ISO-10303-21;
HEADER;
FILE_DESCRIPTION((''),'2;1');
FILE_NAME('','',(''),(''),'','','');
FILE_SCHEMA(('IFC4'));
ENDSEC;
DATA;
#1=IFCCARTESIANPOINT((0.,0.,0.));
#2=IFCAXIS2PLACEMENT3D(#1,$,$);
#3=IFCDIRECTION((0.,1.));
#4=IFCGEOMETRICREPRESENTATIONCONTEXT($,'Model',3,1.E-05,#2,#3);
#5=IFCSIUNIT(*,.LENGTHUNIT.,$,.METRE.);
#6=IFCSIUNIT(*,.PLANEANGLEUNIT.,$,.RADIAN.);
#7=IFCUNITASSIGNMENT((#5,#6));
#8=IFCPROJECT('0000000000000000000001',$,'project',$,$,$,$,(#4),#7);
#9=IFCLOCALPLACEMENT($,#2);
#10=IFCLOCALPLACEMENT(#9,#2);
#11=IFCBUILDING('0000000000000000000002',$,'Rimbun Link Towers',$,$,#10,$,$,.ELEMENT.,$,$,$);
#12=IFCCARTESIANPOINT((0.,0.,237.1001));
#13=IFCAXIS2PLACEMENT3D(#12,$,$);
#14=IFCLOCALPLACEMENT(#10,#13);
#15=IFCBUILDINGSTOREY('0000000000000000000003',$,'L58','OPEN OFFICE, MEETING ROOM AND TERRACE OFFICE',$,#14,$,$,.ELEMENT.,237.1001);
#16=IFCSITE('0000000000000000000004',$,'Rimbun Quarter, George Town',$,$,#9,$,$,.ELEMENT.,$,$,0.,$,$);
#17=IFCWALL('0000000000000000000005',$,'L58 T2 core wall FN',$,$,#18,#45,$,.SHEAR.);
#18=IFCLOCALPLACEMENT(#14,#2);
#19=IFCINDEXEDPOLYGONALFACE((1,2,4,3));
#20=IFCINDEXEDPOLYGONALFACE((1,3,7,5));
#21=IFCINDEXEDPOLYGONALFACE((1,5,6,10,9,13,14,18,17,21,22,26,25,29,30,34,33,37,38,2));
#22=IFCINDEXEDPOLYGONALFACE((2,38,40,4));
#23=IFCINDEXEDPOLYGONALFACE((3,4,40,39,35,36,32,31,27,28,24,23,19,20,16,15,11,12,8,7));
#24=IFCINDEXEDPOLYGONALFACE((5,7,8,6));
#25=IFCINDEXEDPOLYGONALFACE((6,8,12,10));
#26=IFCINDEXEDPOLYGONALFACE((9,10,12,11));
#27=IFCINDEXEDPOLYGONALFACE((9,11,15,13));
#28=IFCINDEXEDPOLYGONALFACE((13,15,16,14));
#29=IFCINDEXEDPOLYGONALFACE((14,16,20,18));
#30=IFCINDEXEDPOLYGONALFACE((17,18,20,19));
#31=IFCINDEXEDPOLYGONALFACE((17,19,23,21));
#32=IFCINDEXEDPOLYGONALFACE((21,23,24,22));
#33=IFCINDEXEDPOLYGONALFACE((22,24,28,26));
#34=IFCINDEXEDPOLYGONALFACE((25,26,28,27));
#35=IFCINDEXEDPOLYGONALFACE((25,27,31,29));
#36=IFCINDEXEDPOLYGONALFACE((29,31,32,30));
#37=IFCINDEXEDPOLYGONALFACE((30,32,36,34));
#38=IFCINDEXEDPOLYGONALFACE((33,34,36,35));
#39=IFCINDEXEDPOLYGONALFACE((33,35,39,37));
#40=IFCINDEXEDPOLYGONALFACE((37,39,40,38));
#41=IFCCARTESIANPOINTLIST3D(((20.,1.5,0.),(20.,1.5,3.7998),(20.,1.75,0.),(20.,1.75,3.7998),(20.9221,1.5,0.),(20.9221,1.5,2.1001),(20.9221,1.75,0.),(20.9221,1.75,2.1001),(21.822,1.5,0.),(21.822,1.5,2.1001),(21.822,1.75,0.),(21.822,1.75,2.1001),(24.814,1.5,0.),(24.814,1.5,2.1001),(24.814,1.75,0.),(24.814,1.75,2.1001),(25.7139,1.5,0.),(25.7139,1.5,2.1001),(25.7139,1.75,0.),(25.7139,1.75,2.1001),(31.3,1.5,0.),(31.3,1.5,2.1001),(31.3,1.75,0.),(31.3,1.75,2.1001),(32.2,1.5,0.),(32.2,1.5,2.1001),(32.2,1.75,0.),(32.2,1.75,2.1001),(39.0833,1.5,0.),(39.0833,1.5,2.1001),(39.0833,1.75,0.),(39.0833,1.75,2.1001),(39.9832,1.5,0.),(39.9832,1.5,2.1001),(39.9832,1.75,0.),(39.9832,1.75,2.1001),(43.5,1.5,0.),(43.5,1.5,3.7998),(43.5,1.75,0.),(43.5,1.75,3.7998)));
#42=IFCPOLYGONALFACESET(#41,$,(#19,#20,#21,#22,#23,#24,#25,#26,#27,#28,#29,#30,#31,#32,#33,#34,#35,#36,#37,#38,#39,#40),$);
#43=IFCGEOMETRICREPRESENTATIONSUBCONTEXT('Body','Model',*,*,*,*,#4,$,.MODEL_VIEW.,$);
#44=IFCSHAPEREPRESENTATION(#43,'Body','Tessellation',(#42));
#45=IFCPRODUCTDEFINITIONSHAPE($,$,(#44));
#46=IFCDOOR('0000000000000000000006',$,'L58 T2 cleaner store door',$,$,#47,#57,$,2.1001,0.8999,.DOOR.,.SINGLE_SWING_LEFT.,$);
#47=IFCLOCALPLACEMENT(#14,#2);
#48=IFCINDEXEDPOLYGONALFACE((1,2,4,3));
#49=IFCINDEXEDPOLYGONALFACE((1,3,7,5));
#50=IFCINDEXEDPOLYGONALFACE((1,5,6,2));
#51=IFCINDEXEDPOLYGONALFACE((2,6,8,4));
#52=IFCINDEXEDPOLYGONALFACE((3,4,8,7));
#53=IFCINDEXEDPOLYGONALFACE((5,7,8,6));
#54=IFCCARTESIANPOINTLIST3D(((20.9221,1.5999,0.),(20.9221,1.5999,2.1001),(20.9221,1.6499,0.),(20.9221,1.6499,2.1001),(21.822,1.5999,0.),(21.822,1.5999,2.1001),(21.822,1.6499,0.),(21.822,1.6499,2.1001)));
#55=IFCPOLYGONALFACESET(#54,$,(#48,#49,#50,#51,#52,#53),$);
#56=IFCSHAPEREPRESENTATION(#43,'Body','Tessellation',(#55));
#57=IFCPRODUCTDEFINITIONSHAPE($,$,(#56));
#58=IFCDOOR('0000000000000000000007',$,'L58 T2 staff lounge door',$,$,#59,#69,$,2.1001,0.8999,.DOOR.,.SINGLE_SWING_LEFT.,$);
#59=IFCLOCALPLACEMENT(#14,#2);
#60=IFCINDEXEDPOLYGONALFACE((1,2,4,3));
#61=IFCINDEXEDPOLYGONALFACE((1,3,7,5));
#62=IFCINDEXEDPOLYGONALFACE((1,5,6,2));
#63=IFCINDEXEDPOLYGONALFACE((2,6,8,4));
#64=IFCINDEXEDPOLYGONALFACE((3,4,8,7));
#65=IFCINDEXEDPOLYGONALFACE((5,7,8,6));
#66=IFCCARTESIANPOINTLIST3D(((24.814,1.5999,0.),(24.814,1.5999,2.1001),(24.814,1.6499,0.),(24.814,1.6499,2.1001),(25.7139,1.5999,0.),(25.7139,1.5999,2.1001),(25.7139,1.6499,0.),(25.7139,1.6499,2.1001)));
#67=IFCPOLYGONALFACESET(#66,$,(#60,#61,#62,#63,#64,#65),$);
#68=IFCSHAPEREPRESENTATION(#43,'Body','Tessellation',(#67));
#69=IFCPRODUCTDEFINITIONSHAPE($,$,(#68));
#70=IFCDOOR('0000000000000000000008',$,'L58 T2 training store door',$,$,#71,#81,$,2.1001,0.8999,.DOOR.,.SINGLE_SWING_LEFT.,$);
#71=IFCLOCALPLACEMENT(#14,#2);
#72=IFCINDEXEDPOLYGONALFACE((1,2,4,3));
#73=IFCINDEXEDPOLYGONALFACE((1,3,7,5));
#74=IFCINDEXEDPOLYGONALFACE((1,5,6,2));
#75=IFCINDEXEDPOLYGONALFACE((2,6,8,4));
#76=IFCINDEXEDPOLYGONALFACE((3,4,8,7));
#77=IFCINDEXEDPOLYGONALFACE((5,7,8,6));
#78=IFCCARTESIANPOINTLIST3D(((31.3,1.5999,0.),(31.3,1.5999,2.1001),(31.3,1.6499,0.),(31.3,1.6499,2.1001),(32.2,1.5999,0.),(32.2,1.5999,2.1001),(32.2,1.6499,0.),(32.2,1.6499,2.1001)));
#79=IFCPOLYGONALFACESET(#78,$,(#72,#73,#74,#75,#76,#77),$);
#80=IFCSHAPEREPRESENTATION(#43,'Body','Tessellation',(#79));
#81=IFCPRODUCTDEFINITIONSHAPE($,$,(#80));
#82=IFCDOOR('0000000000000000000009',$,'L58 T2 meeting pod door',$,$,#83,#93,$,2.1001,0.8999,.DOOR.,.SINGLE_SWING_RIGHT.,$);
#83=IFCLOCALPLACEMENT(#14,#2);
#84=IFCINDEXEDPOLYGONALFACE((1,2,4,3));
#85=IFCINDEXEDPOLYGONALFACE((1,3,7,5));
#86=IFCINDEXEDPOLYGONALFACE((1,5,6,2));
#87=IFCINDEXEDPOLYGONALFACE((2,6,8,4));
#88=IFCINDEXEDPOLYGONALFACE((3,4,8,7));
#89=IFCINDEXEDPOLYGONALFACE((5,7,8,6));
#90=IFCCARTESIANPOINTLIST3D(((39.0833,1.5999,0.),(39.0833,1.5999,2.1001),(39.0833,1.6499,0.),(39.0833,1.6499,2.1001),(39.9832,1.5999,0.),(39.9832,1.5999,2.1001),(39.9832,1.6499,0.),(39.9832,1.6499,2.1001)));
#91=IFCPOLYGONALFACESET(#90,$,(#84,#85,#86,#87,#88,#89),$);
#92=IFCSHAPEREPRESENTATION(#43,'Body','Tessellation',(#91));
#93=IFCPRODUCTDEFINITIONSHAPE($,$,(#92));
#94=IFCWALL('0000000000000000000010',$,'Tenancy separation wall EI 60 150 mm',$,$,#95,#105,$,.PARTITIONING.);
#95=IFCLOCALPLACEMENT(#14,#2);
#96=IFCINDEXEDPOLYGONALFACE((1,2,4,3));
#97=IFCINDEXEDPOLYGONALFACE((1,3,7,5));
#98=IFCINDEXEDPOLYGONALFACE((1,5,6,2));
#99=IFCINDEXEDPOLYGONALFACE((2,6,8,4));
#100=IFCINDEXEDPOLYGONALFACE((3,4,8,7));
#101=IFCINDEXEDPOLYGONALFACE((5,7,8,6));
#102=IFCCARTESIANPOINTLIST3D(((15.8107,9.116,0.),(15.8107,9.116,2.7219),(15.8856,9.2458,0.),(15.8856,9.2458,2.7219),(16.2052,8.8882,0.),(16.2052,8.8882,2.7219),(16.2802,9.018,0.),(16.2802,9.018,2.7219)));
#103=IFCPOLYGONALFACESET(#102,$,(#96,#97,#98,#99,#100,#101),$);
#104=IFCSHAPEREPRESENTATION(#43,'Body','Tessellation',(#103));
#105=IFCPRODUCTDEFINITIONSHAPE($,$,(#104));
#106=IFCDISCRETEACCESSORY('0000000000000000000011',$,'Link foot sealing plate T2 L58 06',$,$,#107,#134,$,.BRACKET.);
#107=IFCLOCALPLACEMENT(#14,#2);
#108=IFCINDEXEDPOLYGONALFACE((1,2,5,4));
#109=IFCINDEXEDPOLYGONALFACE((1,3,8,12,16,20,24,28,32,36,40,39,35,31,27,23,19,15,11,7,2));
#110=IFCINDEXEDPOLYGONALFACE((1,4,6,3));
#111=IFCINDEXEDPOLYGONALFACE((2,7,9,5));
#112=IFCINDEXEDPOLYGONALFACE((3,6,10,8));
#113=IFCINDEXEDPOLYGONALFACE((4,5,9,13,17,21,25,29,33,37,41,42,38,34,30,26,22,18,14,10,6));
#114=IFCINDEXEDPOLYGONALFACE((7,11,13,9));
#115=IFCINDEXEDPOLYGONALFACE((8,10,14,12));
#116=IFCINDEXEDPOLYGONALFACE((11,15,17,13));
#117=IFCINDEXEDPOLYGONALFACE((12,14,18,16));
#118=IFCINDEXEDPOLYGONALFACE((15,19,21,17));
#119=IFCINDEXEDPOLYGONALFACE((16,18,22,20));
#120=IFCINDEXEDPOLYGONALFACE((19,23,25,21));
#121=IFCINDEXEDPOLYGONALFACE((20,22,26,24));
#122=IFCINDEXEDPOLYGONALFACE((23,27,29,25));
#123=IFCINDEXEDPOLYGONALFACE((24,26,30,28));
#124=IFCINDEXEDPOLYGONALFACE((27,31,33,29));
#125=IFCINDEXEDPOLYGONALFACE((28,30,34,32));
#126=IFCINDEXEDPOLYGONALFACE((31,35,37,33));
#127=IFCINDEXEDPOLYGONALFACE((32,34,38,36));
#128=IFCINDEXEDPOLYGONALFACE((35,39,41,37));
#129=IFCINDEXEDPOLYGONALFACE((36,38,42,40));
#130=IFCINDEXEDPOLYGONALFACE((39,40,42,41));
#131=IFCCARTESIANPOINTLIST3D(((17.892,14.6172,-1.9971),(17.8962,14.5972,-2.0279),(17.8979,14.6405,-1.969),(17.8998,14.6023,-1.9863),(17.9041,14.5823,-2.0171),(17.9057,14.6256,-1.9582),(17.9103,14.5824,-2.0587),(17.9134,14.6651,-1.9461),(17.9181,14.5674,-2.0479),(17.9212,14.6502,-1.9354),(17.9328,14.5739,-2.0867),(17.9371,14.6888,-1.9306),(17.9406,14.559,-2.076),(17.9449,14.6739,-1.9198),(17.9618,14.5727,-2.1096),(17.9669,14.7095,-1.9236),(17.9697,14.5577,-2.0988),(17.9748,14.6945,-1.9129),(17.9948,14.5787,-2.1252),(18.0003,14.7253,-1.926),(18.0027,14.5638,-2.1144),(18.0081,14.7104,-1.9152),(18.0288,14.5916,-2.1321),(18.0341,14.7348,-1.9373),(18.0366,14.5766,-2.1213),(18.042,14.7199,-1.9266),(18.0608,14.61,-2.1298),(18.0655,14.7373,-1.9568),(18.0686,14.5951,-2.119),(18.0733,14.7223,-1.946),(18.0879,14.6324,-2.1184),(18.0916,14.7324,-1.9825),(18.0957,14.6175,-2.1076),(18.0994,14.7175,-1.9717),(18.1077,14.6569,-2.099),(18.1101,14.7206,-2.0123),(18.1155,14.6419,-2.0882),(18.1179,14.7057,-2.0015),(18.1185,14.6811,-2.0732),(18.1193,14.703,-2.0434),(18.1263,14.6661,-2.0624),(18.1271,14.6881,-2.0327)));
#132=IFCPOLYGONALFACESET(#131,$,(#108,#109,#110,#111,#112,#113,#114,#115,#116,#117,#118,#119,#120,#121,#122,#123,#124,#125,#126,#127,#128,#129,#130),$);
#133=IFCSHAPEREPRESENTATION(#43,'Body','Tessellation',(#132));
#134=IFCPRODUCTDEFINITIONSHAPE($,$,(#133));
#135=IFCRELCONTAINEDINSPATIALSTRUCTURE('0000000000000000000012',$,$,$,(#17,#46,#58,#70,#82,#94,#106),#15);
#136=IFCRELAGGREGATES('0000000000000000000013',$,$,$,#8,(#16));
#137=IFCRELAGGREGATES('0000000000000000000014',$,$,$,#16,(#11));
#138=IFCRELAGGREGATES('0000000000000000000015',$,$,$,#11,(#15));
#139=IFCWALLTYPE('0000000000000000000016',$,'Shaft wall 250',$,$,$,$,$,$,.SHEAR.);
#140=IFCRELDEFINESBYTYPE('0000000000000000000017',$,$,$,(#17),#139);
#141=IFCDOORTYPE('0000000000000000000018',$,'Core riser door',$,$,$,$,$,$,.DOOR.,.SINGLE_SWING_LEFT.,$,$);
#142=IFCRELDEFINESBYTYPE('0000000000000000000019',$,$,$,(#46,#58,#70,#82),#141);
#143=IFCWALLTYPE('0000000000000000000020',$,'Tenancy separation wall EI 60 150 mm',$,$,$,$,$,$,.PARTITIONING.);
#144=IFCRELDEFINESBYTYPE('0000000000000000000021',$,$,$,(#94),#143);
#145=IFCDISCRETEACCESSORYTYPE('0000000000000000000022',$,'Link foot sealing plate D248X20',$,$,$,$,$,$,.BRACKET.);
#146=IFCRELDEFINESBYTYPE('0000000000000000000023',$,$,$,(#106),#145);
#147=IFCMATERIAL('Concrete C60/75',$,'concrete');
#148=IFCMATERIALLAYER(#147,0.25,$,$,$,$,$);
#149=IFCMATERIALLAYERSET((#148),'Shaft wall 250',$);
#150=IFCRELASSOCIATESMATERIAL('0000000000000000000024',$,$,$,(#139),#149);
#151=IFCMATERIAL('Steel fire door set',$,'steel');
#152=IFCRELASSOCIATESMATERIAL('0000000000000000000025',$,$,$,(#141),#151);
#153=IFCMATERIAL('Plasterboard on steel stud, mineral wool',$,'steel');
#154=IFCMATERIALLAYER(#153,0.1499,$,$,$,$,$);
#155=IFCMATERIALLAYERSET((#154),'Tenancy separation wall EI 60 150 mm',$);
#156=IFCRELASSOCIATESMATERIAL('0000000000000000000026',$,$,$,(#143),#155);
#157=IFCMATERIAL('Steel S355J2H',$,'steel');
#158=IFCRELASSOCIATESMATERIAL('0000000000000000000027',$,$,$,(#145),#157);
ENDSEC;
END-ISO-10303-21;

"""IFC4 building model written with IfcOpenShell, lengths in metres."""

from ifc_helpers import new_model, si_unit, direction, frame, frame_2d, origin, origin_2d, place, context, subcontext, project, spatial, rectangle, circle, extrude, material, layer, layer_set, material_profile, profile_set, type_object, element, fill, save


model = new_model("IFC4")

# Units and contexts
model_context = context("Model", 3, precision=1e-05, world=origin(), true_north=direction((0.0, 1.0)))
body_context = subcontext(model_context, "Body", "Model", "MODEL_VIEW")
ifc_project = project(units=[si_unit("LENGTHUNIT", "METRE"), si_unit("PLANEANGLEUNIT", "RADIAN")], contexts=[model_context])

# Site, building, storey
site_placement = place(None, origin())
site = spatial("IfcSite", under=ifc_project, at=site_placement, Name="Rimbun Quarter, George Town", CompositionType="ELEMENT", RefElevation=0.0)
building_placement = place(site_placement, origin())
building = spatial("IfcBuilding", under=site, at=building_placement, Name="Rimbun Link Towers", CompositionType="ELEMENT")
storey_placement = place(building_placement, frame((0.0, 0.0, 237.1001)))
storey = spatial("IfcBuildingStorey", under=building, at=storey_placement, Name="L58", Description="OPEN OFFICE, MEETING ROOM AND TERRACE OFFICE", CompositionType="ELEMENT", Elevation=237.1001)

# Wall, openings, doors
ifc_material_1 = material(Name="Concrete C60/75", Category="concrete")
ifc_layer_1 = layer(ifc_material_1, 0.25)
ifc_layer_set_1 = layer_set([ifc_layer_1], Name="Shaft wall 250")
wall_type_1 = type_object("IfcWallType", Name="Shaft wall 250", PredefinedType="SHEAR", material=ifc_layer_set_1)
wall_1_placement = place(storey_placement, frame((20.0, 1.625, 0.0), z_axis=(0.0, 0.0, 1.0), x_axis=(1.0, 0.0, 0.0)))
wall_1 = element("IfcWall", 1, at=wall_1_placement, inside=storey, type_object=wall_type_1, Name="L58 T2 core wall FN", PredefinedType="SHEAR", context=body_context, shape_type="SweptSolid", body=[
    extrude(rectangle(XDim=23.5, YDim=0.25, at=frame_2d((11.75, 0.0))), origin(), (0.0, 0.0, 1.0), 3.7998),
])
opening_1_placement = place(wall_1_placement, frame((0.9221, 0.0, 0.0)))
opening_1 = element("IfcOpeningElement", 2, at=opening_1_placement, cuts=wall_1, PredefinedType="OPENING", context=body_context, shape_type="SweptSolid", body=[
    extrude(rectangle(XDim=0.8999, YDim=2.1001, at=frame_2d((0.45, 1.05))), frame((0.0, 0.135, 0.0), z_axis=(0.0, -1.0, 0.0), x_axis=(1.0, 0.0, 0.0)), (0.0, 0.0, 1.0), 0.27),
])
opening_2_placement = place(wall_1_placement, frame((4.814, 0.0, 0.0)))
opening_2 = element("IfcOpeningElement", 3, at=opening_2_placement, cuts=wall_1, PredefinedType="OPENING", context=body_context, shape_type="SweptSolid", body=[
    extrude(rectangle(XDim=0.8999, YDim=2.1001, at=frame_2d((0.45, 1.05))), frame((0.0, 0.135, 0.0), z_axis=(0.0, -1.0, 0.0), x_axis=(1.0, 0.0, 0.0)), (0.0, 0.0, 1.0), 0.27),
])
opening_3_placement = place(wall_1_placement, frame((11.3, 0.0, 0.0)))
opening_3 = element("IfcOpeningElement", 4, at=opening_3_placement, cuts=wall_1, PredefinedType="OPENING", context=body_context, shape_type="SweptSolid", body=[
    extrude(rectangle(XDim=0.8999, YDim=2.1001, at=frame_2d((0.45, 1.05))), frame((0.0, 0.135, 0.0), z_axis=(0.0, -1.0, 0.0), x_axis=(1.0, 0.0, 0.0)), (0.0, 0.0, 1.0), 0.27),
])
opening_4_placement = place(wall_1_placement, frame((19.0833, 0.0, 0.0)))
opening_4 = element("IfcOpeningElement", 5, at=opening_4_placement, cuts=wall_1, PredefinedType="OPENING", context=body_context, shape_type="SweptSolid", body=[
    extrude(rectangle(XDim=0.8999, YDim=2.1001, at=frame_2d((0.45, 1.05))), frame((0.0, 0.135, 0.0), z_axis=(0.0, -1.0, 0.0), x_axis=(1.0, 0.0, 0.0)), (0.0, 0.0, 1.0), 0.27),
])
ifc_material_2 = material(Name="Steel fire door set", Category="steel")
door_type_1 = type_object("IfcDoorType", Name="Core riser door", OperationType="SINGLE_SWING_LEFT", PredefinedType="DOOR", material=ifc_material_2)
door_1_placement = place(opening_1_placement, origin())
door_1 = element("IfcDoor", 6, at=door_1_placement, inside=storey, type_object=door_type_1, Name="L58 T2 cleaner store door", OperationType="SINGLE_SWING_LEFT", OverallHeight=2.1001, OverallWidth=0.8999, PredefinedType="DOOR", context=body_context, shape_type="SweptSolid", body=[
    extrude(rectangle(XDim=0.8999, YDim=2.1001, at=frame_2d((0.45, 1.05))), frame((0.0, 0.0249, 0.0), z_axis=(0.0, -1.0, 0.0), x_axis=(1.0, 0.0, 0.0)), (0.0, 0.0, 1.0), 0.05),
])
fill(opening_1, door_1)
door_2_placement = place(opening_2_placement, origin())
door_2 = element("IfcDoor", 7, at=door_2_placement, inside=storey, type_object=door_type_1, Name="L58 T2 staff lounge door", OperationType="SINGLE_SWING_LEFT", OverallHeight=2.1001, OverallWidth=0.8999, PredefinedType="DOOR", context=body_context, shape_type="SweptSolid", body=[
    extrude(rectangle(XDim=0.8999, YDim=2.1001, at=frame_2d((0.45, 1.05))), frame((0.0, 0.0249, 0.0), z_axis=(0.0, -1.0, 0.0), x_axis=(1.0, 0.0, 0.0)), (0.0, 0.0, 1.0), 0.05),
])
fill(opening_2, door_2)
door_3_placement = place(opening_3_placement, origin())
door_3 = element("IfcDoor", 8, at=door_3_placement, inside=storey, type_object=door_type_1, Name="L58 T2 training store door", OperationType="SINGLE_SWING_LEFT", OverallHeight=2.1001, OverallWidth=0.8999, PredefinedType="DOOR", context=body_context, shape_type="SweptSolid", body=[
    extrude(rectangle(XDim=0.8999, YDim=2.1001, at=frame_2d((0.45, 1.05))), frame((0.0, 0.0249, 0.0), z_axis=(0.0, -1.0, 0.0), x_axis=(1.0, 0.0, 0.0)), (0.0, 0.0, 1.0), 0.05),
])
fill(opening_3, door_3)
door_4_placement = place(opening_4_placement, origin())
door_4 = element("IfcDoor", 9, at=door_4_placement, inside=storey, type_object=door_type_1, Name="L58 T2 meeting pod door", OperationType="SINGLE_SWING_RIGHT", OverallHeight=2.1001, OverallWidth=0.8999, PredefinedType="DOOR", context=body_context, shape_type="SweptSolid", body=[
    extrude(rectangle(XDim=0.8999, YDim=2.1001, at=frame_2d((0.45, 1.05))), frame((0.0, 0.0249, 0.0), z_axis=(0.0, -1.0, 0.0), x_axis=(1.0, 0.0, 0.0)), (0.0, 0.0, 1.0), 0.05),
])
fill(opening_4, door_4)

# Wall
ifc_material_3 = material(Name="Plasterboard on steel stud, mineral wool", Category="steel")
ifc_layer_2 = layer(ifc_material_3, 0.1499)
ifc_layer_set_2 = layer_set([ifc_layer_2], Name="Tenancy separation wall EI 60 150 mm")
wall_type_2 = type_object("IfcWallType", Name="Tenancy separation wall EI 60 150 mm", PredefinedType="PARTITIONING", material=ifc_layer_set_2)
wall_2_placement = place(storey_placement, frame((16.2427, 8.9531, 0.0), z_axis=(0.0, 0.0, 1.0), x_axis=(-0.866025, 0.500001, 0.0)))
element("IfcWall", 10, at=wall_2_placement, inside=storey, type_object=wall_type_2, Name="Tenancy separation wall EI 60 150 mm", PredefinedType="PARTITIONING", context=body_context, shape_type="SweptSolid", body=[
    extrude(rectangle(XDim=0.4556, YDim=0.1499, at=frame_2d((0.2278, 0.0))), origin(), (0.0, 0.0, 1.0), 2.7219),
])

# Discrete accessory
ifc_material_4 = material(Name="Steel S355J2H", Category="steel")
ifc_material_profile_1 = material_profile(ifc_material_4, circle(Radius=0.124, at=origin_2d()), Name="PL D248")
ifc_profile_set_1 = profile_set([ifc_material_profile_1], Name="Steel S355J2H")
discrete_accessory_type = type_object("IfcDiscreteAccessoryType", Name="Link foot sealing plate D248X20", PredefinedType="BRACKET", material=ifc_profile_set_1)
discrete_accessory_placement = place(storey_placement, frame((18.0139, 14.6399, -2.0171), z_axis=(-0.391498, 0.746293, -0.538309), x_axis=(-0.885547, -0.464549, 0.0)))
element("IfcDiscreteAccessory", 11, at=discrete_accessory_placement, inside=storey, type_object=discrete_accessory_type, Name="Link foot sealing plate T2 L58 06", PredefinedType="BRACKET", context=body_context, shape_type="SweptSolid", body=[
    extrude(circle(Radius=0.124, at=origin_2d()), origin(), (0.0, 0.0, 1.0), 0.02),
])

save(model, "model.ifc")
